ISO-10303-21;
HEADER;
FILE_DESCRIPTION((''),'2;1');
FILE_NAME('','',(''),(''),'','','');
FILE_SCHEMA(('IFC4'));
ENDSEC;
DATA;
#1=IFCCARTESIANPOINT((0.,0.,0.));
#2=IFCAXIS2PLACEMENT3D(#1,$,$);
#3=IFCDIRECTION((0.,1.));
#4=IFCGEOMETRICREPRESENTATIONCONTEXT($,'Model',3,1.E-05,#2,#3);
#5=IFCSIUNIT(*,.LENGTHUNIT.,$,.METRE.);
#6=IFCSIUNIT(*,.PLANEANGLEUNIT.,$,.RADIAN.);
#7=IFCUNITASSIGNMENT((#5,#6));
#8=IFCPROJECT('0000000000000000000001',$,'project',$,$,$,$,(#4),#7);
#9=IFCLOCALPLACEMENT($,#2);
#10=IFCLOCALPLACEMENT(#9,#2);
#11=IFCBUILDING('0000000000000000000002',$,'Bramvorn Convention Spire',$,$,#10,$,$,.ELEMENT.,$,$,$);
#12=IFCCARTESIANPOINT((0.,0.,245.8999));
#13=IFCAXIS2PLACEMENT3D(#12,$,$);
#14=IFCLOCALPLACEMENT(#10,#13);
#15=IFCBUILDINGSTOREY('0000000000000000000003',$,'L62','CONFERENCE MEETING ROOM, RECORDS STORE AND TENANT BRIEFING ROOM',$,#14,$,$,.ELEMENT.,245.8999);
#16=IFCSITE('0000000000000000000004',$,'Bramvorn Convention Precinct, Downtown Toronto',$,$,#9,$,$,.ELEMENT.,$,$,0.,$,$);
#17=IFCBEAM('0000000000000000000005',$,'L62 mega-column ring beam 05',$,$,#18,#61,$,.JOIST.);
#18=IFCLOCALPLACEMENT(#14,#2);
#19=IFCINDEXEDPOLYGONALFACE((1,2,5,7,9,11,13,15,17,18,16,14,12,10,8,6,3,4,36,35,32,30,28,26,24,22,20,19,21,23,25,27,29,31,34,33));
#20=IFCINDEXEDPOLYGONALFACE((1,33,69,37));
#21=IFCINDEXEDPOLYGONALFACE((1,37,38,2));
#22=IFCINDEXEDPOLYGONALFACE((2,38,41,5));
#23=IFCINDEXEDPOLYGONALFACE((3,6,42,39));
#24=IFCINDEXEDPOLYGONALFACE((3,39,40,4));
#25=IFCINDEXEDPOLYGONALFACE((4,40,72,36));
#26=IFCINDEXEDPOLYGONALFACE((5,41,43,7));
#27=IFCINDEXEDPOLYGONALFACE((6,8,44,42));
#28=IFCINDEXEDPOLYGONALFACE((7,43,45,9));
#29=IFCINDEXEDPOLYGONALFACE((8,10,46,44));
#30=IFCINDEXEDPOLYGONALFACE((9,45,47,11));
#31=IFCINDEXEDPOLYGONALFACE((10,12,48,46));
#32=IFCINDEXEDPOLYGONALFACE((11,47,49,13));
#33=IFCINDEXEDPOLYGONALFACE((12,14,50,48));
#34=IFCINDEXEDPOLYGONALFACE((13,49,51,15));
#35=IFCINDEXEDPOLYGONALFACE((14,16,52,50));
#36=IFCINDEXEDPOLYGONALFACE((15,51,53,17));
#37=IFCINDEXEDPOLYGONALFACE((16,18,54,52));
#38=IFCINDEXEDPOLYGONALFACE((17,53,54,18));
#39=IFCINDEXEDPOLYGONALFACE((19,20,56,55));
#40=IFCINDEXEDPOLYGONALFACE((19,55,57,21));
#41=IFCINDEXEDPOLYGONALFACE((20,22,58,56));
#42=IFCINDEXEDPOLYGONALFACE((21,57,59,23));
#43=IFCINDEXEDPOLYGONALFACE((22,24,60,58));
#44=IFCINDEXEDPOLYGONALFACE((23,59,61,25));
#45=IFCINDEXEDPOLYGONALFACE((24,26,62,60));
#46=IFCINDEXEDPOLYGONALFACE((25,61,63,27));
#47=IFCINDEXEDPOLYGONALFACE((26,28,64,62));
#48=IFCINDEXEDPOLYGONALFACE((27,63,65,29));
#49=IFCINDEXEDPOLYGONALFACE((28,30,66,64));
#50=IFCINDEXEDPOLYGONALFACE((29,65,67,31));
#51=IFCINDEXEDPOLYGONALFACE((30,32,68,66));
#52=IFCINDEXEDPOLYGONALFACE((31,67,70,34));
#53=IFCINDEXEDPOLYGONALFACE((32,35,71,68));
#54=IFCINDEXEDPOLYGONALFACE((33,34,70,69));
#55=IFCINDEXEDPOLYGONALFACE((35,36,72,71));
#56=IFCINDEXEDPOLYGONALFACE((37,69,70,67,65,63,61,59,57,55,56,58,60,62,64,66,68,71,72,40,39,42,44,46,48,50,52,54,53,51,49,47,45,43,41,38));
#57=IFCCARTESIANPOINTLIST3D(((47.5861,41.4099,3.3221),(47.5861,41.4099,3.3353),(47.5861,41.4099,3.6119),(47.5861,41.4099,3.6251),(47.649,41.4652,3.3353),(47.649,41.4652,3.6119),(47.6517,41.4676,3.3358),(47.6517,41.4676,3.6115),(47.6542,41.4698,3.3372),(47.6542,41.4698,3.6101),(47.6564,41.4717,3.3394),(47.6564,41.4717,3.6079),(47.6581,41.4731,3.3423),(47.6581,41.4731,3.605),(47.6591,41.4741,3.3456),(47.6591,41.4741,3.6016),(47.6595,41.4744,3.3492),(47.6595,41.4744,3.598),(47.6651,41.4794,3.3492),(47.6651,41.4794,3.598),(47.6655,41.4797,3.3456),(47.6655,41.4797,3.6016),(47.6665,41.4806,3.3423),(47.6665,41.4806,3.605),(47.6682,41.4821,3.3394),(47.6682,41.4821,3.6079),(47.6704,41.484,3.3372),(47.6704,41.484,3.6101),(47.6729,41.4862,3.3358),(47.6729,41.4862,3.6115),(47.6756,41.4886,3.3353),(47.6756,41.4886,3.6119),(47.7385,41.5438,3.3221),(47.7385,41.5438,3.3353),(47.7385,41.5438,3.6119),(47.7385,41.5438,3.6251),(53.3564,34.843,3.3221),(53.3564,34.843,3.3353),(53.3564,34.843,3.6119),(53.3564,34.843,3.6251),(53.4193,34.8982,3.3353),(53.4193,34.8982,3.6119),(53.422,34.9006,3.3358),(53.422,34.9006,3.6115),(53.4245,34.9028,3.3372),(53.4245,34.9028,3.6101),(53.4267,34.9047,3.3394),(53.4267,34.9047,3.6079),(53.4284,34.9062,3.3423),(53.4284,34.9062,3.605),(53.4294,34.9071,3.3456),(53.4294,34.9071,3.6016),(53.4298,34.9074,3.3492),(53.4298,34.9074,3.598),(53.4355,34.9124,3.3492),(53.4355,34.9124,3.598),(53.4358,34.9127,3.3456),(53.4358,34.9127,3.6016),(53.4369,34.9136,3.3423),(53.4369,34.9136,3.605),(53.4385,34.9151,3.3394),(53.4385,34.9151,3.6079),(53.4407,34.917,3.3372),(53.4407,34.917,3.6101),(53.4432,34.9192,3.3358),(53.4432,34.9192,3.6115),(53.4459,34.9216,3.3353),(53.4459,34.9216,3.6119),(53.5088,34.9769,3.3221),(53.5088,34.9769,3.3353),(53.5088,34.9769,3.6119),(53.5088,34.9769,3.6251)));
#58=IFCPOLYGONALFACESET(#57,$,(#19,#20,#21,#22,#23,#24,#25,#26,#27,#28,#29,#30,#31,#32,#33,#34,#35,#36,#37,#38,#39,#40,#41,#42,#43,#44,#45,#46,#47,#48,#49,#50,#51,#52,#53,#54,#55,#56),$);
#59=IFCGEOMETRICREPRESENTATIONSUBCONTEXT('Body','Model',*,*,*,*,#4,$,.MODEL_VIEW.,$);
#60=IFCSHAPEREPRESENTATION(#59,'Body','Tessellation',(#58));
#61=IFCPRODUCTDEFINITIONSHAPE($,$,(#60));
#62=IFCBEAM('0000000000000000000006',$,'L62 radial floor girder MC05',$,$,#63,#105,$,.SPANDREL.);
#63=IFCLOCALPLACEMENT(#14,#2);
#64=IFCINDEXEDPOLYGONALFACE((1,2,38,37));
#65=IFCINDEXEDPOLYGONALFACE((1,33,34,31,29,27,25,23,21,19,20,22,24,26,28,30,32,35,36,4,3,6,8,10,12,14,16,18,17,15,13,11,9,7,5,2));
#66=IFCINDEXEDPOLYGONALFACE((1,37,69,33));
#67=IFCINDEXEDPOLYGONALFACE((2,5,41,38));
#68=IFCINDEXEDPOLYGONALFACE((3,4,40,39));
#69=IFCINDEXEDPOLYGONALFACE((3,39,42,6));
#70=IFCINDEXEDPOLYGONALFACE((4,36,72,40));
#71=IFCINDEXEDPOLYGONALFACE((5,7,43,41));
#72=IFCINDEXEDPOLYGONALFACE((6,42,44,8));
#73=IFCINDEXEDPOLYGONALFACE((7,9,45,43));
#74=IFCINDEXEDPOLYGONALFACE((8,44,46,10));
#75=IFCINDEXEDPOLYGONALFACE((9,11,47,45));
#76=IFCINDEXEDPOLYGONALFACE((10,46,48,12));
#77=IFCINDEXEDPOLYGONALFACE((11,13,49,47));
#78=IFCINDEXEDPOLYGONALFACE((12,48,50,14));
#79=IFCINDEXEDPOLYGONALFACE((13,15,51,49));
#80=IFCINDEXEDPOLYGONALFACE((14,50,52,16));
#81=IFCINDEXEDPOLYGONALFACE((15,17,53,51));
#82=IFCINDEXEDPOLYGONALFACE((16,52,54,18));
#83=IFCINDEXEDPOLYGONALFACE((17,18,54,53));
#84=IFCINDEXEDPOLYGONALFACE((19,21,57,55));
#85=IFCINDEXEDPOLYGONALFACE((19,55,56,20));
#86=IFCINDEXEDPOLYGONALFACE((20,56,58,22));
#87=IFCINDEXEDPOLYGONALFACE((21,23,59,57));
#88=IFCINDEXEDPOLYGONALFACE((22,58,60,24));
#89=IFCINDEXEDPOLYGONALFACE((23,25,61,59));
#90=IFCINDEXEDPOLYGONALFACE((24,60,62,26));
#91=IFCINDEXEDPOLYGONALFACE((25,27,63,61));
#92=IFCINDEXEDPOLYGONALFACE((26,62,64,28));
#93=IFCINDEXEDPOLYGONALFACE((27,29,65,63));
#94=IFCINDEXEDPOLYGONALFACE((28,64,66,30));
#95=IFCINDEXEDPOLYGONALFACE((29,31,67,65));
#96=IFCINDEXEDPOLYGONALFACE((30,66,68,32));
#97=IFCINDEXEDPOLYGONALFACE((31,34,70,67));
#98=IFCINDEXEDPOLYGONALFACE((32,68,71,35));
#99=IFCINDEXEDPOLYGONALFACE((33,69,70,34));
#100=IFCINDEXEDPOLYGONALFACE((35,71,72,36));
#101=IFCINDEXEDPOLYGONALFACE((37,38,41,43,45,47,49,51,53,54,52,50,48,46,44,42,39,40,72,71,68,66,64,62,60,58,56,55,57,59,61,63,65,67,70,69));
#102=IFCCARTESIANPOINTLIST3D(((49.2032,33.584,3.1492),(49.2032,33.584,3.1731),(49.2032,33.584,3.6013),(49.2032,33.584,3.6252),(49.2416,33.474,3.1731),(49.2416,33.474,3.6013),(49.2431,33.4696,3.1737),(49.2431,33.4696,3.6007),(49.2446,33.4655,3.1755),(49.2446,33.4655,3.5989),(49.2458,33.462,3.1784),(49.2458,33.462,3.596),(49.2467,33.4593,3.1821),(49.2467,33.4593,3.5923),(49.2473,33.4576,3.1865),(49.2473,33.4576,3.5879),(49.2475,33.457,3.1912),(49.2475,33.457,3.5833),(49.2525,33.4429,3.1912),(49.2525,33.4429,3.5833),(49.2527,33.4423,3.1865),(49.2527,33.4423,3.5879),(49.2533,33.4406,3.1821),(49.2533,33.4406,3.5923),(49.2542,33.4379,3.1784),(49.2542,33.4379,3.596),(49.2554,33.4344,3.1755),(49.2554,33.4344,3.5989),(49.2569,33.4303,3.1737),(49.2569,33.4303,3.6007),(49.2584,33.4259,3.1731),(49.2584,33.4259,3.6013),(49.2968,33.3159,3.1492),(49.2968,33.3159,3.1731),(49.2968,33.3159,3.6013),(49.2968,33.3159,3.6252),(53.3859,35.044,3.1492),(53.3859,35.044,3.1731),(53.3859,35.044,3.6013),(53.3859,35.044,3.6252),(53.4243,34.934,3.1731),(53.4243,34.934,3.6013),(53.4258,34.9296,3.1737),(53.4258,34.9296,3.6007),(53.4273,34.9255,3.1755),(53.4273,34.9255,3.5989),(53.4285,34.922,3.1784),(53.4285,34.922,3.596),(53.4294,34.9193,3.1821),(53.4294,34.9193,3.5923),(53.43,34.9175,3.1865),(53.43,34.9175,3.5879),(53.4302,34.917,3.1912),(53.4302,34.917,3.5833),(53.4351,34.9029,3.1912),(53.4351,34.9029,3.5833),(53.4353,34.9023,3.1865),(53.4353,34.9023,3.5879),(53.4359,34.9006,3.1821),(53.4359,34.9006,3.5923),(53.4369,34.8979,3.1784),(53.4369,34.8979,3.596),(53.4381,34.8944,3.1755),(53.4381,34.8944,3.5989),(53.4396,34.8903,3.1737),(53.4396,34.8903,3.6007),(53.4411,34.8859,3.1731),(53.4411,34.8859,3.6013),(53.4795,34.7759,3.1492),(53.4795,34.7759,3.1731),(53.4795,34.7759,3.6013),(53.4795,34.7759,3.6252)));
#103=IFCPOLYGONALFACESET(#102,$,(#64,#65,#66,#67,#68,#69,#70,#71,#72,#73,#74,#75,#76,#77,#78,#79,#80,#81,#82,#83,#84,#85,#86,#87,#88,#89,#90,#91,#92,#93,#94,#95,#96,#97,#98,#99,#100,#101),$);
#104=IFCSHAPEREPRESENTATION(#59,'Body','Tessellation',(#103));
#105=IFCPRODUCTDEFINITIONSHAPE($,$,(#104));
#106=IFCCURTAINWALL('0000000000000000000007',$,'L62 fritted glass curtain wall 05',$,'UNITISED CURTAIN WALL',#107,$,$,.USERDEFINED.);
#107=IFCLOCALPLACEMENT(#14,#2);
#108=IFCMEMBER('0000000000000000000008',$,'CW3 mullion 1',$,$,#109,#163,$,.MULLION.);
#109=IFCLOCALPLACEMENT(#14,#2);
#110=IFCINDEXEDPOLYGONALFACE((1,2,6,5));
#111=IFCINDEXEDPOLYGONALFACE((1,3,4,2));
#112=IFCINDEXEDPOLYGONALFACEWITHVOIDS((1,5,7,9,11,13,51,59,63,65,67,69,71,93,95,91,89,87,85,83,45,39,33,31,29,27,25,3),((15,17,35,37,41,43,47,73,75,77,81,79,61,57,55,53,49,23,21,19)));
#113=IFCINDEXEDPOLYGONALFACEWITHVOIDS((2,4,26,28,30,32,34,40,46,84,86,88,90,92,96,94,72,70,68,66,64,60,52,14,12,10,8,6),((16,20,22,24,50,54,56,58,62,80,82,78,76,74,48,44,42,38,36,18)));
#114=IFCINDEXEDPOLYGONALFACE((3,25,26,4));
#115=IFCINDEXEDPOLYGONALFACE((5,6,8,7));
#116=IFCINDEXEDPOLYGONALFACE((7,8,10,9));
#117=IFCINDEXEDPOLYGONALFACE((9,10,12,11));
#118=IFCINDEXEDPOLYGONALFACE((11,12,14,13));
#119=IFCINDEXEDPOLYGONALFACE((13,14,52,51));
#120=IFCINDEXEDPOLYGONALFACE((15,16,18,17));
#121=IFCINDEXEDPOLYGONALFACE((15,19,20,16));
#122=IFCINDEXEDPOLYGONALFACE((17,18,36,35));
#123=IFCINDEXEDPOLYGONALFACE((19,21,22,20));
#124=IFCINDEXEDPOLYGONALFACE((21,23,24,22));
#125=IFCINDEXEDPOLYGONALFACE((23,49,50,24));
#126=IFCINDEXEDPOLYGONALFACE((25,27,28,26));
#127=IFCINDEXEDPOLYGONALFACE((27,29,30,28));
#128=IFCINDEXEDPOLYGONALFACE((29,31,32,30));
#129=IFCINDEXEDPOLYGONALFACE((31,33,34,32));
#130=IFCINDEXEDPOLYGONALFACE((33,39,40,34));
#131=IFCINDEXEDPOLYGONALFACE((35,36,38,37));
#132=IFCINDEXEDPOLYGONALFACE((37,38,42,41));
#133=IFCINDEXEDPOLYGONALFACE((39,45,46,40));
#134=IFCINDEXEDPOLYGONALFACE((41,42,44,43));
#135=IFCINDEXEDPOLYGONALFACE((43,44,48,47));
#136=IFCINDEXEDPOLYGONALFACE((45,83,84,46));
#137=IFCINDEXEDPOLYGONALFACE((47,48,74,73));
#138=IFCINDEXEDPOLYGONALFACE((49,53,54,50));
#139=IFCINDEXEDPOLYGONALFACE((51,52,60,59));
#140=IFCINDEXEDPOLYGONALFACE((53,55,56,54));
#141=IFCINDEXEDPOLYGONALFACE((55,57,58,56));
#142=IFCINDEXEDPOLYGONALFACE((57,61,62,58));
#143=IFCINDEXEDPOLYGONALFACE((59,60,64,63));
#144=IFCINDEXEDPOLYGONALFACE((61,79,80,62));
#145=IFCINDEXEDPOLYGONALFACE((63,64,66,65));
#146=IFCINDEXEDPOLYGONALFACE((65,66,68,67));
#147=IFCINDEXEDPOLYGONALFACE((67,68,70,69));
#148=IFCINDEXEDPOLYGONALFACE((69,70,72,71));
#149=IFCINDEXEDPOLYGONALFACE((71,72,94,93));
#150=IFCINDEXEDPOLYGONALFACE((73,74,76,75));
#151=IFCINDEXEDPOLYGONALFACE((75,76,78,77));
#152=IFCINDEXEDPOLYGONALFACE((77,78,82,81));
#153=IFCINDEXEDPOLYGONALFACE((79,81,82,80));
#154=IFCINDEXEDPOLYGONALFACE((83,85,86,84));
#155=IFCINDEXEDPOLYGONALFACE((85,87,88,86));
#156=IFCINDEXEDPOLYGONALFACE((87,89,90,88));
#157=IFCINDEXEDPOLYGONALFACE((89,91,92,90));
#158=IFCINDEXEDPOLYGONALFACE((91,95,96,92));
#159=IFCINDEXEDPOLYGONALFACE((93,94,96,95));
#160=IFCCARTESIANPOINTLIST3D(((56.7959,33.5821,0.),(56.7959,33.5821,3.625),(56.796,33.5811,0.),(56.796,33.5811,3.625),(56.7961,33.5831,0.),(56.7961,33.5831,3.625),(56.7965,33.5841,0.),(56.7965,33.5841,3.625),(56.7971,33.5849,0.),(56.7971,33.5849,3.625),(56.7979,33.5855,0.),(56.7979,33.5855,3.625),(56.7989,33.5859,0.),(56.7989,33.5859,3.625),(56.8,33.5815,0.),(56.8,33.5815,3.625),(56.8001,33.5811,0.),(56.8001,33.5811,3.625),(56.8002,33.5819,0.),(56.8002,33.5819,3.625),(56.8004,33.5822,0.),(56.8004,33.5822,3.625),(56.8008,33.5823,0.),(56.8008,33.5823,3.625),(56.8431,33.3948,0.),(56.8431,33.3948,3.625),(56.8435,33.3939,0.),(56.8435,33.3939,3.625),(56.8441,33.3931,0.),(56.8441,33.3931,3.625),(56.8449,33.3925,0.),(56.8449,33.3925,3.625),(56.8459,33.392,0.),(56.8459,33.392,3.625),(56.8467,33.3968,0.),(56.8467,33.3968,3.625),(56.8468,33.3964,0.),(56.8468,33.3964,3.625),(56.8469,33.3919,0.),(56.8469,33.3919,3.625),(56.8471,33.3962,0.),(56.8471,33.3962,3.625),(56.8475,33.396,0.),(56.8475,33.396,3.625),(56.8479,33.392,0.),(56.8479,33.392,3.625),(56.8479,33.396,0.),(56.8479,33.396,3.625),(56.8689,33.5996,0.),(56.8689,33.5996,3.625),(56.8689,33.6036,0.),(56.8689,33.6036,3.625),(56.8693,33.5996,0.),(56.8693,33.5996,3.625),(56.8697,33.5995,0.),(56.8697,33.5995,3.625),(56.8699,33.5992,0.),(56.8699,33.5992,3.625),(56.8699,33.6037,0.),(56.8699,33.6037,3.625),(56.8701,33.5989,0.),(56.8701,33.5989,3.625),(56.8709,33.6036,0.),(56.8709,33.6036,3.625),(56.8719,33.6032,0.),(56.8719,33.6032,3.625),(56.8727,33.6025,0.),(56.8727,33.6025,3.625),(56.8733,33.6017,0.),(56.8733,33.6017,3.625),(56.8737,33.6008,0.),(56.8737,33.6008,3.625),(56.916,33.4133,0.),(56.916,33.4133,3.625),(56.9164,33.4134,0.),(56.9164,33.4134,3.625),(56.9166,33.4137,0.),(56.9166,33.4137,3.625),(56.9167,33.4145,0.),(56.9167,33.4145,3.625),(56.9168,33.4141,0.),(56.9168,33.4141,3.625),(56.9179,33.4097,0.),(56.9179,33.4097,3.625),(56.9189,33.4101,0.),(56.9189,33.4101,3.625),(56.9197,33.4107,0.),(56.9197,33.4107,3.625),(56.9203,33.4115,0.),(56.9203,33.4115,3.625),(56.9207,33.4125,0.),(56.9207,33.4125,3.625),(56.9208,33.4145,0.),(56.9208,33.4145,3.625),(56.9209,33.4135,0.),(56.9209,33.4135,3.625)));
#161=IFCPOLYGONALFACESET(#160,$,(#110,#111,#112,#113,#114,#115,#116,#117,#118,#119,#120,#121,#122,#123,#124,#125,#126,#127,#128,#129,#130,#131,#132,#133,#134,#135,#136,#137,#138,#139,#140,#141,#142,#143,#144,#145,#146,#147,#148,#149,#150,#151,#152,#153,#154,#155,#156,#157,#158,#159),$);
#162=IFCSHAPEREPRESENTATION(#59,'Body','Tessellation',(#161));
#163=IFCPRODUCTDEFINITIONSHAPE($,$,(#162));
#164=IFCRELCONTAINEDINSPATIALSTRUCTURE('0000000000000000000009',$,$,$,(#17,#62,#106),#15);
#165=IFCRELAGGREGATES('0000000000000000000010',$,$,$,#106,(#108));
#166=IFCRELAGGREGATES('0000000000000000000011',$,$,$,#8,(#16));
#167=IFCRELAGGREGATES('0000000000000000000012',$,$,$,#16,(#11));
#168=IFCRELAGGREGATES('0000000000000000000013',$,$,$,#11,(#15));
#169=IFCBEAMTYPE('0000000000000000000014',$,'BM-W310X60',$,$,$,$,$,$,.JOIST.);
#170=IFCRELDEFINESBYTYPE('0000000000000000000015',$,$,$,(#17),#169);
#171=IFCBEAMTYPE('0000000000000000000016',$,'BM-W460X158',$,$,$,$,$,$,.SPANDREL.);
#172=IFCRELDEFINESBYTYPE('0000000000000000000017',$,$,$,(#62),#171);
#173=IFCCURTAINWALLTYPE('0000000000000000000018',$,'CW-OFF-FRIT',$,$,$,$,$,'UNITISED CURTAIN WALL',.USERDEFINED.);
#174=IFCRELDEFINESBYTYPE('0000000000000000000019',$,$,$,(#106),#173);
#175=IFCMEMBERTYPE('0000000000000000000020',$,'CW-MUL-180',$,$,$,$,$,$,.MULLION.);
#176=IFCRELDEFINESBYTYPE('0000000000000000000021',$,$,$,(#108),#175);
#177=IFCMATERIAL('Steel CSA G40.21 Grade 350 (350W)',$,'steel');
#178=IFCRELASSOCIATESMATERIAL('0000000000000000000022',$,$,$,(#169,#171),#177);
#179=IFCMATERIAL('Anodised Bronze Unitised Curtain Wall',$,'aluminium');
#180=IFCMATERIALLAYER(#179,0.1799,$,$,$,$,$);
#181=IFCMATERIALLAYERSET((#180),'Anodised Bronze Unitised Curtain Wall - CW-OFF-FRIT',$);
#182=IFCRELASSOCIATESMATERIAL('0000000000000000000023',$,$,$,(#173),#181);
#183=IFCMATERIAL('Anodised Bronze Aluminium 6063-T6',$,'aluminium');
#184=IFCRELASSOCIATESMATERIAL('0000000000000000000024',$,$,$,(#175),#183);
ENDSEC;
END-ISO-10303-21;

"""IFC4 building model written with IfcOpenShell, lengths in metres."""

from ifc_helpers import new_model, si_unit, direction, frame, origin, origin_2d, place, context, subcontext, project, spatial, hollow_rectangle, i_section, extrude, material, layer, layer_set, material_profile, profile_set, type_object, element, aggregate, save


model = new_model("IFC4")

# Units and contexts
model_context = context("Model", 3, precision=1e-05, world=origin(), true_north=direction((0.0, 1.0)))
body_context = subcontext(model_context, "Body", "Model", "MODEL_VIEW")
ifc_project = project(units=[si_unit("LENGTHUNIT", "METRE"), si_unit("PLANEANGLEUNIT", "RADIAN")], contexts=[model_context])

# Site, building, storey
site_placement = place(None, origin())
site = spatial("IfcSite", under=ifc_project, at=site_placement, Name="Bramvorn Convention Precinct, Downtown Toronto", CompositionType="ELEMENT", RefElevation=0.0)
building_placement = place(site_placement, origin())
building = spatial("IfcBuilding", under=site, at=building_placement, Name="Bramvorn Convention Spire", CompositionType="ELEMENT")
storey_placement = place(building_placement, frame((0.0, 0.0, 245.8999)))
storey = spatial("IfcBuildingStorey", under=building, at=storey_placement, Name="L62", Description="CONFERENCE MEETING ROOM, RECORDS STORE AND TENANT BRIEFING ROOM", CompositionType="ELEMENT", Elevation=245.8999)

# Shared definitions
ifc_material_1 = material(Name="Steel CSA G40.21 Grade 350 (350W)", Category="steel")

# Beams
ifc_material_profile_1 = material_profile(ifc_material_1, i_section(OverallWidth=0.2029, OverallDepth=0.303, WebThickness=0.0076, FlangeThickness=0.0132, FilletRadius=0.0139, at=origin_2d()))
ifc_profile_set_1 = profile_set([ifc_material_profile_1], Name="Steel CSA G40.21 Grade 350 (350W) - W310X60")
beam_type_1 = type_object("IfcBeamType", Name="BM-W310X60", PredefinedType="JOIST", material=ifc_profile_set_1)
beam_1_placement = place(storey_placement, frame((53.4326, 34.9099, 3.4736), z_axis=(-0.660073, 0.751201, 0.0), x_axis=(-0.751201, -0.660073, 0.0)))
element("IfcBeam", 1, at=beam_1_placement, inside=storey, type_object=beam_type_1, Name="L62 mega-column ring beam 05", PredefinedType="JOIST", context=body_context, shape_type="SweptSolid", body=[
    extrude(i_section(OverallWidth=0.2029, OverallDepth=0.303, WebThickness=0.0076, FlangeThickness=0.0132, FilletRadius=0.0139, at=origin_2d()), origin(), (0.0, 0.0, 1.0), 8.7419),
])
ifc_material_profile_2 = material_profile(ifc_material_1, i_section(OverallWidth=0.2839, OverallDepth=0.4761, WebThickness=0.0149, FlangeThickness=0.0239, FilletRadius=0.0181, at=origin_2d()))
ifc_profile_set_2 = profile_set([ifc_material_profile_2], Name="Steel CSA G40.21 Grade 350 (350W) - W460X158")
beam_type_2 = type_object("IfcBeamType", Name="BM-W460X158", PredefinedType="SPANDREL", material=ifc_profile_set_2)
beam_2_placement = place(storey_placement, frame((49.25, 33.45, 3.3872), z_axis=(0.944136, 0.329555, 0.0), x_axis=(-0.329555, 0.944136, 0.0)))
element("IfcBeam", 2, at=beam_2_placement, inside=storey, type_object=beam_type_2, Name="L62 radial floor girder MC05", PredefinedType="SPANDREL", context=body_context, shape_type="SweptSolid", body=[
    extrude(i_section(OverallWidth=0.2839, OverallDepth=0.4761, WebThickness=0.0149, FlangeThickness=0.0239, FilletRadius=0.0181, at=origin_2d()), origin(), (0.0, 0.0, 1.0), 4.4302),
])

# Curtain wall, member
ifc_material_2 = material(Name="Anodised Bronze Unitised Curtain Wall", Category="aluminium")
ifc_layer_1 = layer(ifc_material_2, 0.1799)
ifc_layer_set_1 = layer_set([ifc_layer_1], Name="Anodised Bronze Unitised Curtain Wall - CW-OFF-FRIT")
curtain_wall_type = type_object("IfcCurtainWallType", Name="CW-OFF-FRIT", ElementType="UNITISED CURTAIN WALL", PredefinedType="USERDEFINED", material=ifc_layer_set_1)
curtain_wall_1_placement = place(storey_placement, origin())
curtain_wall_1 = element("IfcCurtainWall", 3, at=curtain_wall_1_placement, inside=storey, type_object=curtain_wall_type, Name="L62 fritted glass curtain wall 05", ObjectType="UNITISED CURTAIN WALL", PredefinedType="USERDEFINED")
ifc_material_3 = material(Name="Anodised Bronze Aluminium 6063-T6", Category="aluminium")
ifc_material_profile_3 = material_profile(ifc_material_3, hollow_rectangle(XDim=0.0801, YDim=0.2, WallThickness=0.0039, InnerFilletRadius=0.001, OuterFilletRadius=0.0039, at=origin_2d()))
ifc_profile_set_3 = profile_set([ifc_material_profile_3], Name="Anodised Bronze Aluminium 6063-T6 - CWM80X200")
member_type_1 = type_object("IfcMemberType", Name="CW-MUL-180", PredefinedType="MULLION", material=ifc_profile_set_3)
member_1_placement = place(storey_placement, frame((56.8584, 33.4978, 0.0), z_axis=(0.0, 0.0, 1.0), x_axis=(0.969477, 0.245181, 0.0)))
member_1 = element("IfcMember", 4, at=member_1_placement, type_object=member_type_1, Name="CW3 mullion 1", PredefinedType="MULLION", context=body_context, shape_type="SweptSolid", body=[
    extrude(hollow_rectangle(XDim=0.0801, YDim=0.2, WallThickness=0.0039, InnerFilletRadius=0.001, OuterFilletRadius=0.0039, at=origin_2d()), origin(), (0.0, 0.0, 1.0), 3.625),
])

aggregate(curtain_wall_1, [member_1])

save(model, "model.ifc")
